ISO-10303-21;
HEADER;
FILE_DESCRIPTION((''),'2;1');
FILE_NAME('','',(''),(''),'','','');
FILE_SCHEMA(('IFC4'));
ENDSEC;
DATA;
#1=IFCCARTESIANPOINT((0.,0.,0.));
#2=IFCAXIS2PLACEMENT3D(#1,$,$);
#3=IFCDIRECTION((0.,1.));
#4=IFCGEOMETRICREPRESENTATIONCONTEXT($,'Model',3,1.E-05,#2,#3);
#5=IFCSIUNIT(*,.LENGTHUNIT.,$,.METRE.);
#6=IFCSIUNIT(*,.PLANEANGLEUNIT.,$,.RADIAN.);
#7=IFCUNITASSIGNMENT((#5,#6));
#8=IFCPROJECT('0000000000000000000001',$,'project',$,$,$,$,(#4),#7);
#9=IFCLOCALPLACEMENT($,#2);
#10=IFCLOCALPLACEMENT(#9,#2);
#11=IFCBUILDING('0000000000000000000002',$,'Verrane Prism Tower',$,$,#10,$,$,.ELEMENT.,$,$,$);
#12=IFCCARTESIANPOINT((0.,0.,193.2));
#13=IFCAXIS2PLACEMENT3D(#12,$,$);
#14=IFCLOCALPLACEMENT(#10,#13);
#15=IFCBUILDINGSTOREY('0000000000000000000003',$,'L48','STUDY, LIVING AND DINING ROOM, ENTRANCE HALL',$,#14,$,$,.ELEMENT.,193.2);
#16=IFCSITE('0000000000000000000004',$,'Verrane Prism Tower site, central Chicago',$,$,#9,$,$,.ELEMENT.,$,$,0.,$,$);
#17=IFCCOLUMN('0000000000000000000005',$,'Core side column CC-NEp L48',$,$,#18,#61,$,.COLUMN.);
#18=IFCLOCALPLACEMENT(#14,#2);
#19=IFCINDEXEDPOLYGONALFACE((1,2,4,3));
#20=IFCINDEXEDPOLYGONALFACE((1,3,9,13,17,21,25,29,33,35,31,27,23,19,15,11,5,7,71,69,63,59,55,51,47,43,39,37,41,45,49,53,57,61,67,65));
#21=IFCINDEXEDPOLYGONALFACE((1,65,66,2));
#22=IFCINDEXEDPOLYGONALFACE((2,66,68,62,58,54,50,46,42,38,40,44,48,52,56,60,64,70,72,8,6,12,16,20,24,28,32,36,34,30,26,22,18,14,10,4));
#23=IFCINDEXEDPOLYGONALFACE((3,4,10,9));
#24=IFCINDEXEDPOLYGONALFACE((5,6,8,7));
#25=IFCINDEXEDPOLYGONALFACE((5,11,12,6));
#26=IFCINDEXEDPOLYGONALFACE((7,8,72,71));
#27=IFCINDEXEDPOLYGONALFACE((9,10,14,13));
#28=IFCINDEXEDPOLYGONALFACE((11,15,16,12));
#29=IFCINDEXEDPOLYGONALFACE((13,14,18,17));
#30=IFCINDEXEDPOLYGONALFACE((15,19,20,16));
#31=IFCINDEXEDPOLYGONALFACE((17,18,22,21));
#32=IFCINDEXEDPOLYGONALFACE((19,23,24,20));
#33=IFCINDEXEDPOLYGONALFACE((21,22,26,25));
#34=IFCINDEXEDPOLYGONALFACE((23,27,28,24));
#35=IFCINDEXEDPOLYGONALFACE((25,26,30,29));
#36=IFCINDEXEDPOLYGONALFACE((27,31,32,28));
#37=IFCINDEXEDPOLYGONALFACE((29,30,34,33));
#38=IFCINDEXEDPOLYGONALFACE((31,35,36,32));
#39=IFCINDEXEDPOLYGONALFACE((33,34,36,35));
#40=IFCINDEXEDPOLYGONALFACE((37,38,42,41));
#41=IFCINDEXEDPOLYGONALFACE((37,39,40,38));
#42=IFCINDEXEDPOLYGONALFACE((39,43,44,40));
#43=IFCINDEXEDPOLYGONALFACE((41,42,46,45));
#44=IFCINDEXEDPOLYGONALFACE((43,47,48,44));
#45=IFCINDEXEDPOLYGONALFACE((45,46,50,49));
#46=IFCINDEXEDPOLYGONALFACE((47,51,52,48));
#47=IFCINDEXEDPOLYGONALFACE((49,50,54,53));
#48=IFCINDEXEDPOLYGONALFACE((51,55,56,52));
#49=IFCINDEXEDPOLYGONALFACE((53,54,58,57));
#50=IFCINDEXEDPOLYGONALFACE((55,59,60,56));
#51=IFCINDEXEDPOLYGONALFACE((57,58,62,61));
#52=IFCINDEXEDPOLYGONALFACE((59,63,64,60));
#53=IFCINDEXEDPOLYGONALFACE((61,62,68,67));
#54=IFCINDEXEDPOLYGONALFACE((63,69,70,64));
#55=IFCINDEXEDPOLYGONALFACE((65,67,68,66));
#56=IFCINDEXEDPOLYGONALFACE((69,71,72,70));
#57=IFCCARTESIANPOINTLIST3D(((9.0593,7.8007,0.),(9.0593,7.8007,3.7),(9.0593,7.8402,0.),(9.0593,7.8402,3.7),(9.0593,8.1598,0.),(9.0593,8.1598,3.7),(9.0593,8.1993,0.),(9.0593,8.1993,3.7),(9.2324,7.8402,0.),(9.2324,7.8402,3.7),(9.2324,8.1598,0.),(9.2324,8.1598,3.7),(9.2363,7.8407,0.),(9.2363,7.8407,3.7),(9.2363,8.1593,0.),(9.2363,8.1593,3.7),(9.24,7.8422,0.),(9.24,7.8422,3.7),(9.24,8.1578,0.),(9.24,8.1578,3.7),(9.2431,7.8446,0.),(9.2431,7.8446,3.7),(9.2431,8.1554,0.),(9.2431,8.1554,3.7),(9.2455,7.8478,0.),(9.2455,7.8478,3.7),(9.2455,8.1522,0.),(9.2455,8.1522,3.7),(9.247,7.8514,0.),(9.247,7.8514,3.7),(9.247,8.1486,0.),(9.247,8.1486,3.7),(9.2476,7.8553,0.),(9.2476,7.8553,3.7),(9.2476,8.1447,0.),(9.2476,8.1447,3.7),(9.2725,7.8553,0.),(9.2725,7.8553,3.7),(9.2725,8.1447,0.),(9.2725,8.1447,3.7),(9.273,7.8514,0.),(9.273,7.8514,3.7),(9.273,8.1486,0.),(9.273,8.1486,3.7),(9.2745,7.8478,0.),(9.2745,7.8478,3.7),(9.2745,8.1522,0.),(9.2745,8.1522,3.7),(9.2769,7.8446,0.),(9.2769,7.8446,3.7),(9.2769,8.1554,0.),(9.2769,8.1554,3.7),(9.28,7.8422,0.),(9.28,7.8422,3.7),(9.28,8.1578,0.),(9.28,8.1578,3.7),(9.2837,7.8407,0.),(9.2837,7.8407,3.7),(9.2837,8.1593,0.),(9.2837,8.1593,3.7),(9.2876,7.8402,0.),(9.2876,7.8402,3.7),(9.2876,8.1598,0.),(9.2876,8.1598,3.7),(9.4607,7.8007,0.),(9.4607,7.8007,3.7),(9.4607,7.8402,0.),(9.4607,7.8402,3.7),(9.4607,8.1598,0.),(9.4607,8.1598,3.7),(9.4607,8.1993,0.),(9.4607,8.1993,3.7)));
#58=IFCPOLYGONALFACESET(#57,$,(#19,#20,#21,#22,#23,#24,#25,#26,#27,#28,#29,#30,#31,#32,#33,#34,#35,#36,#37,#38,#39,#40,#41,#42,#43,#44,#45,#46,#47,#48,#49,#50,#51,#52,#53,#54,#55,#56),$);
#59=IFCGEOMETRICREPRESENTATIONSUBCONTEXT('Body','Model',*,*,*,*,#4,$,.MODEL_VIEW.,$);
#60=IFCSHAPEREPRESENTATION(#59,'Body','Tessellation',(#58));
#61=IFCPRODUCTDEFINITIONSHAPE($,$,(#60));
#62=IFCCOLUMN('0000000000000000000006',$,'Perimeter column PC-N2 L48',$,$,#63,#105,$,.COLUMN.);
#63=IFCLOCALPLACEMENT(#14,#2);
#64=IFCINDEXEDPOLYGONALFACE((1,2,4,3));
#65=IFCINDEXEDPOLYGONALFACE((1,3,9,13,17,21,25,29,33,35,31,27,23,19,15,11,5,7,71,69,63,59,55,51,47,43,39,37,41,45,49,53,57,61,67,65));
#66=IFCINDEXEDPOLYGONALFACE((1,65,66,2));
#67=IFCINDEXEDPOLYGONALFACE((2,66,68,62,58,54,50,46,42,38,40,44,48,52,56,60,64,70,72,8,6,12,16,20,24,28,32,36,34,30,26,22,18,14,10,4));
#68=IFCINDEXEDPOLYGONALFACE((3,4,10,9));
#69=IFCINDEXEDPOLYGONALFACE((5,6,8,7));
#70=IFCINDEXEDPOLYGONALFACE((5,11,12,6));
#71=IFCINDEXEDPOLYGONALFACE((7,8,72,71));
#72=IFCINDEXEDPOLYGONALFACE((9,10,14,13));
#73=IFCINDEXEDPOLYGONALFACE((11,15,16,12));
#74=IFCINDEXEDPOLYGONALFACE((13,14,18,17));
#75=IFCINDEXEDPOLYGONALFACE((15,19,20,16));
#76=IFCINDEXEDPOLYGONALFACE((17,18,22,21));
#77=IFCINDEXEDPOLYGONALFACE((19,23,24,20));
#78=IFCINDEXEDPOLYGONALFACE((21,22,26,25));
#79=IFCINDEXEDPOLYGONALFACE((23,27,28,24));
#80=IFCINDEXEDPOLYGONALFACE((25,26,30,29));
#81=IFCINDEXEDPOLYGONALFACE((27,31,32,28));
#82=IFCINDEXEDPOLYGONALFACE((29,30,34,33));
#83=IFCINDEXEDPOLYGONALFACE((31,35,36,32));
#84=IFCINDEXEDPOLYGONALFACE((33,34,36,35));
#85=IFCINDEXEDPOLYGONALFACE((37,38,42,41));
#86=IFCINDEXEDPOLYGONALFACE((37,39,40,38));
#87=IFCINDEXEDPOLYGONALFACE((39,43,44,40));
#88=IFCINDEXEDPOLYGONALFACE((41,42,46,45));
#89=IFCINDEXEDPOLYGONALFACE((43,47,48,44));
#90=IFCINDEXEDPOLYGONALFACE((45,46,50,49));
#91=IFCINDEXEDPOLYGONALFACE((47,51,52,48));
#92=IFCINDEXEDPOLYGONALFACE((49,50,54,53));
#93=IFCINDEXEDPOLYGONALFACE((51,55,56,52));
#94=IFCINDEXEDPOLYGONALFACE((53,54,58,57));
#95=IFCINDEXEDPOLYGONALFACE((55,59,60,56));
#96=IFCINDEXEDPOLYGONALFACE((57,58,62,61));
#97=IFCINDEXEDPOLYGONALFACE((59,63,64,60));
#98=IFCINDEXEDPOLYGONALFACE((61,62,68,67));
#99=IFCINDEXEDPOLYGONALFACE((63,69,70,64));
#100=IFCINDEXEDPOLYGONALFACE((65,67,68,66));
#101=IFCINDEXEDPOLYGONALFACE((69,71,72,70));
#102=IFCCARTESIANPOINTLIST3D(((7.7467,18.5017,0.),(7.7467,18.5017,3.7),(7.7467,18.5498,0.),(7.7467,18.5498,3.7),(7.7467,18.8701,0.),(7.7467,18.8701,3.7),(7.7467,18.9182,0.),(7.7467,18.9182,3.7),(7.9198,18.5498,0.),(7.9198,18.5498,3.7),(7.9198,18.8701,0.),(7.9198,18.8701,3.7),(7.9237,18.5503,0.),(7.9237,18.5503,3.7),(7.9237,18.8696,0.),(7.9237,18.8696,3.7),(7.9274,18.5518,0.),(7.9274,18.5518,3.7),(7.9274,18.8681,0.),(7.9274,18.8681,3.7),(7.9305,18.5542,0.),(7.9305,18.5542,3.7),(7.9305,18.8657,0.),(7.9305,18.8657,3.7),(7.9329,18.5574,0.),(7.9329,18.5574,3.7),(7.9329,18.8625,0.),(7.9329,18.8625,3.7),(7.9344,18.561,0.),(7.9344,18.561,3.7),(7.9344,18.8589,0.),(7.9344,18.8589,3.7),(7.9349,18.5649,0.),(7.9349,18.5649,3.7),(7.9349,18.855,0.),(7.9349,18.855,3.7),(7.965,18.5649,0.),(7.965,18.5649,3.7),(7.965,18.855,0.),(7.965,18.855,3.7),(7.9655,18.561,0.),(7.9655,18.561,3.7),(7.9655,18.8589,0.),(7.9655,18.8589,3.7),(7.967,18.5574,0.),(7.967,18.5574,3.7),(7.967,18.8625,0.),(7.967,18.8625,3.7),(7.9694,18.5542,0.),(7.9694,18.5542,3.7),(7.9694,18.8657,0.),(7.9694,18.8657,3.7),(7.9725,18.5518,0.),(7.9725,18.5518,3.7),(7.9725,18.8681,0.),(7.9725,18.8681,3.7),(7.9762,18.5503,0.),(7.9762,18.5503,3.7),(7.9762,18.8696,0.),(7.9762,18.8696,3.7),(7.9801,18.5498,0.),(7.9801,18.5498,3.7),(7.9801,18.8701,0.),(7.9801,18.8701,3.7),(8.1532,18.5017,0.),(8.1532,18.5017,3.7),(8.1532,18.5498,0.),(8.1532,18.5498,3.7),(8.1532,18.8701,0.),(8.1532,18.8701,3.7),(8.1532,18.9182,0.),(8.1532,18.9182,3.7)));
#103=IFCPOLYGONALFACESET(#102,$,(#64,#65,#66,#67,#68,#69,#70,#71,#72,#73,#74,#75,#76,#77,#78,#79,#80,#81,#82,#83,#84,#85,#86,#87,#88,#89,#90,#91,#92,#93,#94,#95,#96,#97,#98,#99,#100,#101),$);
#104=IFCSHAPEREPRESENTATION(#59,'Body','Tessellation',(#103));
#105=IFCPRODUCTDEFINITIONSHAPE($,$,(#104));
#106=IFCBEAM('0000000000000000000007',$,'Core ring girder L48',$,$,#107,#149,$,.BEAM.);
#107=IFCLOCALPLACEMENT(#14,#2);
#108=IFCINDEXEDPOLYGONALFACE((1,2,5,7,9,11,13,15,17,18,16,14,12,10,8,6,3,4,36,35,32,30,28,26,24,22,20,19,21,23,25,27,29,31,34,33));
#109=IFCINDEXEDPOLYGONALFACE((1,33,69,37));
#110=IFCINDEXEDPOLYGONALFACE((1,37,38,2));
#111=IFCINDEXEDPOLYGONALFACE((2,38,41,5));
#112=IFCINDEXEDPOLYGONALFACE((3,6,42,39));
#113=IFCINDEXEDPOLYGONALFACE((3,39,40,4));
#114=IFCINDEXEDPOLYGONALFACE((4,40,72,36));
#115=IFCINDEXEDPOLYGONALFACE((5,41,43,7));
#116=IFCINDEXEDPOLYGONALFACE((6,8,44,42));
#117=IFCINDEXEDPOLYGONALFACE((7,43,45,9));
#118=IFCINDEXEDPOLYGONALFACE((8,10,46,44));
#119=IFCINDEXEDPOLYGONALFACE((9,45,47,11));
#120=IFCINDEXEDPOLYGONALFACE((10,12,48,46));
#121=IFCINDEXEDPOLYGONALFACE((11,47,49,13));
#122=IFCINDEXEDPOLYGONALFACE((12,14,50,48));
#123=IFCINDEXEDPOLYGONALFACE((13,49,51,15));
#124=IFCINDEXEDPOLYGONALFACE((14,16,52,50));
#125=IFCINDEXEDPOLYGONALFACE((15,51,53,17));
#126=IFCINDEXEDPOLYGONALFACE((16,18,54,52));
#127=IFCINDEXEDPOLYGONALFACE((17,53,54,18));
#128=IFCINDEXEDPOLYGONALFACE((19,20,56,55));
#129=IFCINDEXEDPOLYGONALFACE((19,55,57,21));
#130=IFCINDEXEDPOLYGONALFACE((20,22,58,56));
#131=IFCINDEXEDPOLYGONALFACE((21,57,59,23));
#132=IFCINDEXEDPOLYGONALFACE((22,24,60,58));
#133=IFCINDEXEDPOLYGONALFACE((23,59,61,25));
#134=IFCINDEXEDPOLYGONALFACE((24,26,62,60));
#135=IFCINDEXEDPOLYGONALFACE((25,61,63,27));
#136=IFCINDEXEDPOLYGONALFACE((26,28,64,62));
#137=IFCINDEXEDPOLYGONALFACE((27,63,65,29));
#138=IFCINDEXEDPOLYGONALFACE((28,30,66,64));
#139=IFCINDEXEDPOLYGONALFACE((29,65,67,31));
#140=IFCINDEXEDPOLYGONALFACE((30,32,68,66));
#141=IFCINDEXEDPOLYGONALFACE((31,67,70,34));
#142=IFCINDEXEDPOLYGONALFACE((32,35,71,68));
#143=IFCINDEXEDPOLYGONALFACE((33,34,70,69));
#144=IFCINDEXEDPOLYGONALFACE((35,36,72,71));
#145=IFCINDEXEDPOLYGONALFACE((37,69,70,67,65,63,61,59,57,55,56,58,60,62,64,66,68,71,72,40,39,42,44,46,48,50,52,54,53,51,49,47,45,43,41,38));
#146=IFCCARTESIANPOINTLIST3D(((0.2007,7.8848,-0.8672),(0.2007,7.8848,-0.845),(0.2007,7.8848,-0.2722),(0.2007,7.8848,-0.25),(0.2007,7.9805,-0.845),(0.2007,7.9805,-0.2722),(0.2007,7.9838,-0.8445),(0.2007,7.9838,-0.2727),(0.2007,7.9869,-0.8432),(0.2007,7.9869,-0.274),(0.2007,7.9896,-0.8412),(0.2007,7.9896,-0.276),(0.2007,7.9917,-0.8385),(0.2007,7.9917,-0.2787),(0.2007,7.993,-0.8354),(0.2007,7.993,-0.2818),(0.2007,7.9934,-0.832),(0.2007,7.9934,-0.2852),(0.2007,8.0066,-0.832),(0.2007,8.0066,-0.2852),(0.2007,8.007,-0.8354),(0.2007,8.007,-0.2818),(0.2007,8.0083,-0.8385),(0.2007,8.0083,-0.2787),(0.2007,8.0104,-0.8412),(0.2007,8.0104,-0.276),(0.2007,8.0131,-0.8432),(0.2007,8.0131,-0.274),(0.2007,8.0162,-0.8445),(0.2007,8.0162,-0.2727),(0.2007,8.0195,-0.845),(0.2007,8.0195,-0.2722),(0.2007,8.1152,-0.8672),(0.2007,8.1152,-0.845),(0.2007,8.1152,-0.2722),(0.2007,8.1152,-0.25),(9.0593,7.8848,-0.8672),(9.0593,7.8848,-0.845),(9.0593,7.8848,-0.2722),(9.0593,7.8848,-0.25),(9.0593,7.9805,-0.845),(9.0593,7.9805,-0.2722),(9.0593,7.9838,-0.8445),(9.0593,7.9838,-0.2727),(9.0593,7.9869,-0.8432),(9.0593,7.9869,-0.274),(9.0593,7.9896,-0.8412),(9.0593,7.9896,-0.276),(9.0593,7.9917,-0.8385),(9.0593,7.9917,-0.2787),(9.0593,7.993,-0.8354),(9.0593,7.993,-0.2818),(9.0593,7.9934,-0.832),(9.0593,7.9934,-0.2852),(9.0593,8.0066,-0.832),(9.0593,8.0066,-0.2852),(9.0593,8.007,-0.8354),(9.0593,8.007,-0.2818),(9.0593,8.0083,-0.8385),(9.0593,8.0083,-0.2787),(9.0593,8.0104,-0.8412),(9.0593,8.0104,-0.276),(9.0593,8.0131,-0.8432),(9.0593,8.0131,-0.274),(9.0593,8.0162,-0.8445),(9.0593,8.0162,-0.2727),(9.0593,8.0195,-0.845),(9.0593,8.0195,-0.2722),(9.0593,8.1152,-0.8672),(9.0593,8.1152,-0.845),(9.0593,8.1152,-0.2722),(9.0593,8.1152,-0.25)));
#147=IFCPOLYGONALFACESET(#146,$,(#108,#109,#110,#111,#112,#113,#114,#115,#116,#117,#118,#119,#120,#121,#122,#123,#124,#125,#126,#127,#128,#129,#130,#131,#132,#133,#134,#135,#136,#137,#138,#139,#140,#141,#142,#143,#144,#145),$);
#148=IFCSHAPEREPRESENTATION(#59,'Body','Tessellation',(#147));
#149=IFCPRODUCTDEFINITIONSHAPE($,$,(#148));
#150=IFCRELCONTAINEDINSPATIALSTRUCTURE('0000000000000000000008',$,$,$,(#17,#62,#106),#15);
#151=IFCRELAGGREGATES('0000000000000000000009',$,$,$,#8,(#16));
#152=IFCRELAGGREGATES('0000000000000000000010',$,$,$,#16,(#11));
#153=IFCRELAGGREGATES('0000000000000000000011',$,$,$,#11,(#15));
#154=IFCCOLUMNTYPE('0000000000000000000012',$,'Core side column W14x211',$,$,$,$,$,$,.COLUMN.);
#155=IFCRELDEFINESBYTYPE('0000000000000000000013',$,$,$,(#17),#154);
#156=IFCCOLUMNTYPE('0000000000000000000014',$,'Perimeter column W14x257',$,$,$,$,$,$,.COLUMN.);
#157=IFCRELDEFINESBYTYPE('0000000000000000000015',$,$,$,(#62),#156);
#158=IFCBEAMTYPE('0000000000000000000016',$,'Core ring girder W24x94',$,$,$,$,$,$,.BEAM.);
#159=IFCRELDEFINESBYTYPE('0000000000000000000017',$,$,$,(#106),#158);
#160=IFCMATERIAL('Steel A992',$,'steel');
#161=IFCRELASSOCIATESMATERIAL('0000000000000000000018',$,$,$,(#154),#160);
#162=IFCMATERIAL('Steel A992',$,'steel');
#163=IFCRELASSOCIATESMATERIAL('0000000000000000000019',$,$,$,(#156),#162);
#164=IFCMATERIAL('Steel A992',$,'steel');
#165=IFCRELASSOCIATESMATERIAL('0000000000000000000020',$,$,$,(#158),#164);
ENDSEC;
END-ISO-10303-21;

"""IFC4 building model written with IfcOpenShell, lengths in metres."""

from ifc_helpers import new_model, si_unit, direction, frame, origin, origin_2d, place, context, subcontext, project, spatial, i_section, extrude, material, material_profile, profile_set, type_object, element, save


model = new_model("IFC4")

# Units and contexts
model_context = context("Model", 3, precision=1e-05, world=origin(), true_north=direction((0.0, 1.0)))
body_context = subcontext(model_context, "Body", "Model", "MODEL_VIEW")
ifc_project = project(units=[si_unit("LENGTHUNIT", "METRE"), si_unit("PLANEANGLEUNIT", "RADIAN")], contexts=[model_context])

# Site, building, storey
site_placement = place(None, origin())
site = spatial("IfcSite", under=ifc_project, at=site_placement, Name="Verrane Prism Tower site, central Chicago", CompositionType="ELEMENT", RefElevation=0.0)
building_placement = place(site_placement, origin())
building = spatial("IfcBuilding", under=site, at=building_placement, Name="Verrane Prism Tower", CompositionType="ELEMENT")
storey_placement = place(building_placement, frame((0.0, 0.0, 193.2)))
storey = spatial("IfcBuildingStorey", under=building, at=storey_placement, Name="L48", Description="STUDY, LIVING AND DINING ROOM, ENTRANCE HALL", CompositionType="ELEMENT", Elevation=193.2)

# Columns
ifc_material_1 = material(Name="Steel A992", Category="steel")
ifc_material_profile_1 = material_profile(ifc_material_1, i_section(OverallWidth=0.4014, OverallDepth=0.3987, WebThickness=0.0249, FlangeThickness=0.0396, FilletRadius=0.0151, at=origin_2d()), Name="W14x211")
ifc_profile_set_1 = profile_set([ifc_material_profile_1], Name="Steel A992")
column_type_1 = type_object("IfcColumnType", Name="Core side column W14x211", PredefinedType="COLUMN", material=ifc_profile_set_1)
column_1_placement = place(storey_placement, frame((9.26, 8.0, 0.0), z_axis=(0.0, 0.0, 1.0), x_axis=(1.0, 0.0, 0.0)))
element("IfcColumn", 1, at=column_1_placement, inside=storey, type_object=column_type_1, Name="Core side column CC-NEp L48", PredefinedType="COLUMN", context=body_context, shape_type="SweptSolid", body=[
    extrude(i_section(OverallWidth=0.4014, OverallDepth=0.3987, WebThickness=0.0249, FlangeThickness=0.0396, FilletRadius=0.0151, at=origin_2d()), origin(), (0.0, 0.0, 1.0), 3.7),
])
ifc_material_2 = material(Name="Steel A992", Category="steel")
ifc_material_profile_2 = material_profile(ifc_material_2, i_section(OverallWidth=0.4065, OverallDepth=0.4165, WebThickness=0.03, FlangeThickness=0.0481, FilletRadius=0.0151, at=origin_2d()), Name="W14x257")
ifc_profile_set_2 = profile_set([ifc_material_profile_2], Name="Steel A992")
column_type_2 = type_object("IfcColumnType", Name="Perimeter column W14x257", PredefinedType="COLUMN", material=ifc_profile_set_2)
column_2_placement = place(storey_placement, frame((7.95, 18.71, 0.0), z_axis=(0.0, 0.0, 1.0), x_axis=(1.0, 0.0, 0.0)))
element("IfcColumn", 2, at=column_2_placement, inside=storey, type_object=column_type_2, Name="Perimeter column PC-N2 L48", PredefinedType="COLUMN", context=body_context, shape_type="SweptSolid", body=[
    extrude(i_section(OverallWidth=0.4065, OverallDepth=0.4165, WebThickness=0.03, FlangeThickness=0.0481, FilletRadius=0.0151, at=origin_2d()), origin(), (0.0, 0.0, 1.0), 3.7),
])

# Beam
ifc_material_3 = material(Name="Steel A992", Category="steel")
ifc_material_profile_3 = material_profile(ifc_material_3, i_section(OverallWidth=0.2305, OverallDepth=0.6172, WebThickness=0.0132, FlangeThickness=0.0222, FilletRadius=0.0129, at=origin_2d()), Name="W24x94")
ifc_profile_set_3 = profile_set([ifc_material_profile_3], Name="Steel A992")
beam_type_1 = type_object("IfcBeamType", Name="Core ring girder W24x94", PredefinedType="BEAM", material=ifc_profile_set_3)
beam_1_placement = place(storey_placement, frame((9.0593, 8.0, -0.5586), z_axis=(-1.0, 0.0, 0.0), x_axis=(0.0, -1.0, 0.0)))
element("IfcBeam", 3, at=beam_1_placement, inside=storey, type_object=beam_type_1, Name="Core ring girder L48", PredefinedType="BEAM", context=body_context, shape_type="SweptSolid", body=[
    extrude(i_section(OverallWidth=0.2305, OverallDepth=0.6172, WebThickness=0.0132, FlangeThickness=0.0222, FilletRadius=0.0129, at=origin_2d()), origin(), (0.0, 0.0, 1.0), 8.8586),
])

save(model, "model.ifc")
